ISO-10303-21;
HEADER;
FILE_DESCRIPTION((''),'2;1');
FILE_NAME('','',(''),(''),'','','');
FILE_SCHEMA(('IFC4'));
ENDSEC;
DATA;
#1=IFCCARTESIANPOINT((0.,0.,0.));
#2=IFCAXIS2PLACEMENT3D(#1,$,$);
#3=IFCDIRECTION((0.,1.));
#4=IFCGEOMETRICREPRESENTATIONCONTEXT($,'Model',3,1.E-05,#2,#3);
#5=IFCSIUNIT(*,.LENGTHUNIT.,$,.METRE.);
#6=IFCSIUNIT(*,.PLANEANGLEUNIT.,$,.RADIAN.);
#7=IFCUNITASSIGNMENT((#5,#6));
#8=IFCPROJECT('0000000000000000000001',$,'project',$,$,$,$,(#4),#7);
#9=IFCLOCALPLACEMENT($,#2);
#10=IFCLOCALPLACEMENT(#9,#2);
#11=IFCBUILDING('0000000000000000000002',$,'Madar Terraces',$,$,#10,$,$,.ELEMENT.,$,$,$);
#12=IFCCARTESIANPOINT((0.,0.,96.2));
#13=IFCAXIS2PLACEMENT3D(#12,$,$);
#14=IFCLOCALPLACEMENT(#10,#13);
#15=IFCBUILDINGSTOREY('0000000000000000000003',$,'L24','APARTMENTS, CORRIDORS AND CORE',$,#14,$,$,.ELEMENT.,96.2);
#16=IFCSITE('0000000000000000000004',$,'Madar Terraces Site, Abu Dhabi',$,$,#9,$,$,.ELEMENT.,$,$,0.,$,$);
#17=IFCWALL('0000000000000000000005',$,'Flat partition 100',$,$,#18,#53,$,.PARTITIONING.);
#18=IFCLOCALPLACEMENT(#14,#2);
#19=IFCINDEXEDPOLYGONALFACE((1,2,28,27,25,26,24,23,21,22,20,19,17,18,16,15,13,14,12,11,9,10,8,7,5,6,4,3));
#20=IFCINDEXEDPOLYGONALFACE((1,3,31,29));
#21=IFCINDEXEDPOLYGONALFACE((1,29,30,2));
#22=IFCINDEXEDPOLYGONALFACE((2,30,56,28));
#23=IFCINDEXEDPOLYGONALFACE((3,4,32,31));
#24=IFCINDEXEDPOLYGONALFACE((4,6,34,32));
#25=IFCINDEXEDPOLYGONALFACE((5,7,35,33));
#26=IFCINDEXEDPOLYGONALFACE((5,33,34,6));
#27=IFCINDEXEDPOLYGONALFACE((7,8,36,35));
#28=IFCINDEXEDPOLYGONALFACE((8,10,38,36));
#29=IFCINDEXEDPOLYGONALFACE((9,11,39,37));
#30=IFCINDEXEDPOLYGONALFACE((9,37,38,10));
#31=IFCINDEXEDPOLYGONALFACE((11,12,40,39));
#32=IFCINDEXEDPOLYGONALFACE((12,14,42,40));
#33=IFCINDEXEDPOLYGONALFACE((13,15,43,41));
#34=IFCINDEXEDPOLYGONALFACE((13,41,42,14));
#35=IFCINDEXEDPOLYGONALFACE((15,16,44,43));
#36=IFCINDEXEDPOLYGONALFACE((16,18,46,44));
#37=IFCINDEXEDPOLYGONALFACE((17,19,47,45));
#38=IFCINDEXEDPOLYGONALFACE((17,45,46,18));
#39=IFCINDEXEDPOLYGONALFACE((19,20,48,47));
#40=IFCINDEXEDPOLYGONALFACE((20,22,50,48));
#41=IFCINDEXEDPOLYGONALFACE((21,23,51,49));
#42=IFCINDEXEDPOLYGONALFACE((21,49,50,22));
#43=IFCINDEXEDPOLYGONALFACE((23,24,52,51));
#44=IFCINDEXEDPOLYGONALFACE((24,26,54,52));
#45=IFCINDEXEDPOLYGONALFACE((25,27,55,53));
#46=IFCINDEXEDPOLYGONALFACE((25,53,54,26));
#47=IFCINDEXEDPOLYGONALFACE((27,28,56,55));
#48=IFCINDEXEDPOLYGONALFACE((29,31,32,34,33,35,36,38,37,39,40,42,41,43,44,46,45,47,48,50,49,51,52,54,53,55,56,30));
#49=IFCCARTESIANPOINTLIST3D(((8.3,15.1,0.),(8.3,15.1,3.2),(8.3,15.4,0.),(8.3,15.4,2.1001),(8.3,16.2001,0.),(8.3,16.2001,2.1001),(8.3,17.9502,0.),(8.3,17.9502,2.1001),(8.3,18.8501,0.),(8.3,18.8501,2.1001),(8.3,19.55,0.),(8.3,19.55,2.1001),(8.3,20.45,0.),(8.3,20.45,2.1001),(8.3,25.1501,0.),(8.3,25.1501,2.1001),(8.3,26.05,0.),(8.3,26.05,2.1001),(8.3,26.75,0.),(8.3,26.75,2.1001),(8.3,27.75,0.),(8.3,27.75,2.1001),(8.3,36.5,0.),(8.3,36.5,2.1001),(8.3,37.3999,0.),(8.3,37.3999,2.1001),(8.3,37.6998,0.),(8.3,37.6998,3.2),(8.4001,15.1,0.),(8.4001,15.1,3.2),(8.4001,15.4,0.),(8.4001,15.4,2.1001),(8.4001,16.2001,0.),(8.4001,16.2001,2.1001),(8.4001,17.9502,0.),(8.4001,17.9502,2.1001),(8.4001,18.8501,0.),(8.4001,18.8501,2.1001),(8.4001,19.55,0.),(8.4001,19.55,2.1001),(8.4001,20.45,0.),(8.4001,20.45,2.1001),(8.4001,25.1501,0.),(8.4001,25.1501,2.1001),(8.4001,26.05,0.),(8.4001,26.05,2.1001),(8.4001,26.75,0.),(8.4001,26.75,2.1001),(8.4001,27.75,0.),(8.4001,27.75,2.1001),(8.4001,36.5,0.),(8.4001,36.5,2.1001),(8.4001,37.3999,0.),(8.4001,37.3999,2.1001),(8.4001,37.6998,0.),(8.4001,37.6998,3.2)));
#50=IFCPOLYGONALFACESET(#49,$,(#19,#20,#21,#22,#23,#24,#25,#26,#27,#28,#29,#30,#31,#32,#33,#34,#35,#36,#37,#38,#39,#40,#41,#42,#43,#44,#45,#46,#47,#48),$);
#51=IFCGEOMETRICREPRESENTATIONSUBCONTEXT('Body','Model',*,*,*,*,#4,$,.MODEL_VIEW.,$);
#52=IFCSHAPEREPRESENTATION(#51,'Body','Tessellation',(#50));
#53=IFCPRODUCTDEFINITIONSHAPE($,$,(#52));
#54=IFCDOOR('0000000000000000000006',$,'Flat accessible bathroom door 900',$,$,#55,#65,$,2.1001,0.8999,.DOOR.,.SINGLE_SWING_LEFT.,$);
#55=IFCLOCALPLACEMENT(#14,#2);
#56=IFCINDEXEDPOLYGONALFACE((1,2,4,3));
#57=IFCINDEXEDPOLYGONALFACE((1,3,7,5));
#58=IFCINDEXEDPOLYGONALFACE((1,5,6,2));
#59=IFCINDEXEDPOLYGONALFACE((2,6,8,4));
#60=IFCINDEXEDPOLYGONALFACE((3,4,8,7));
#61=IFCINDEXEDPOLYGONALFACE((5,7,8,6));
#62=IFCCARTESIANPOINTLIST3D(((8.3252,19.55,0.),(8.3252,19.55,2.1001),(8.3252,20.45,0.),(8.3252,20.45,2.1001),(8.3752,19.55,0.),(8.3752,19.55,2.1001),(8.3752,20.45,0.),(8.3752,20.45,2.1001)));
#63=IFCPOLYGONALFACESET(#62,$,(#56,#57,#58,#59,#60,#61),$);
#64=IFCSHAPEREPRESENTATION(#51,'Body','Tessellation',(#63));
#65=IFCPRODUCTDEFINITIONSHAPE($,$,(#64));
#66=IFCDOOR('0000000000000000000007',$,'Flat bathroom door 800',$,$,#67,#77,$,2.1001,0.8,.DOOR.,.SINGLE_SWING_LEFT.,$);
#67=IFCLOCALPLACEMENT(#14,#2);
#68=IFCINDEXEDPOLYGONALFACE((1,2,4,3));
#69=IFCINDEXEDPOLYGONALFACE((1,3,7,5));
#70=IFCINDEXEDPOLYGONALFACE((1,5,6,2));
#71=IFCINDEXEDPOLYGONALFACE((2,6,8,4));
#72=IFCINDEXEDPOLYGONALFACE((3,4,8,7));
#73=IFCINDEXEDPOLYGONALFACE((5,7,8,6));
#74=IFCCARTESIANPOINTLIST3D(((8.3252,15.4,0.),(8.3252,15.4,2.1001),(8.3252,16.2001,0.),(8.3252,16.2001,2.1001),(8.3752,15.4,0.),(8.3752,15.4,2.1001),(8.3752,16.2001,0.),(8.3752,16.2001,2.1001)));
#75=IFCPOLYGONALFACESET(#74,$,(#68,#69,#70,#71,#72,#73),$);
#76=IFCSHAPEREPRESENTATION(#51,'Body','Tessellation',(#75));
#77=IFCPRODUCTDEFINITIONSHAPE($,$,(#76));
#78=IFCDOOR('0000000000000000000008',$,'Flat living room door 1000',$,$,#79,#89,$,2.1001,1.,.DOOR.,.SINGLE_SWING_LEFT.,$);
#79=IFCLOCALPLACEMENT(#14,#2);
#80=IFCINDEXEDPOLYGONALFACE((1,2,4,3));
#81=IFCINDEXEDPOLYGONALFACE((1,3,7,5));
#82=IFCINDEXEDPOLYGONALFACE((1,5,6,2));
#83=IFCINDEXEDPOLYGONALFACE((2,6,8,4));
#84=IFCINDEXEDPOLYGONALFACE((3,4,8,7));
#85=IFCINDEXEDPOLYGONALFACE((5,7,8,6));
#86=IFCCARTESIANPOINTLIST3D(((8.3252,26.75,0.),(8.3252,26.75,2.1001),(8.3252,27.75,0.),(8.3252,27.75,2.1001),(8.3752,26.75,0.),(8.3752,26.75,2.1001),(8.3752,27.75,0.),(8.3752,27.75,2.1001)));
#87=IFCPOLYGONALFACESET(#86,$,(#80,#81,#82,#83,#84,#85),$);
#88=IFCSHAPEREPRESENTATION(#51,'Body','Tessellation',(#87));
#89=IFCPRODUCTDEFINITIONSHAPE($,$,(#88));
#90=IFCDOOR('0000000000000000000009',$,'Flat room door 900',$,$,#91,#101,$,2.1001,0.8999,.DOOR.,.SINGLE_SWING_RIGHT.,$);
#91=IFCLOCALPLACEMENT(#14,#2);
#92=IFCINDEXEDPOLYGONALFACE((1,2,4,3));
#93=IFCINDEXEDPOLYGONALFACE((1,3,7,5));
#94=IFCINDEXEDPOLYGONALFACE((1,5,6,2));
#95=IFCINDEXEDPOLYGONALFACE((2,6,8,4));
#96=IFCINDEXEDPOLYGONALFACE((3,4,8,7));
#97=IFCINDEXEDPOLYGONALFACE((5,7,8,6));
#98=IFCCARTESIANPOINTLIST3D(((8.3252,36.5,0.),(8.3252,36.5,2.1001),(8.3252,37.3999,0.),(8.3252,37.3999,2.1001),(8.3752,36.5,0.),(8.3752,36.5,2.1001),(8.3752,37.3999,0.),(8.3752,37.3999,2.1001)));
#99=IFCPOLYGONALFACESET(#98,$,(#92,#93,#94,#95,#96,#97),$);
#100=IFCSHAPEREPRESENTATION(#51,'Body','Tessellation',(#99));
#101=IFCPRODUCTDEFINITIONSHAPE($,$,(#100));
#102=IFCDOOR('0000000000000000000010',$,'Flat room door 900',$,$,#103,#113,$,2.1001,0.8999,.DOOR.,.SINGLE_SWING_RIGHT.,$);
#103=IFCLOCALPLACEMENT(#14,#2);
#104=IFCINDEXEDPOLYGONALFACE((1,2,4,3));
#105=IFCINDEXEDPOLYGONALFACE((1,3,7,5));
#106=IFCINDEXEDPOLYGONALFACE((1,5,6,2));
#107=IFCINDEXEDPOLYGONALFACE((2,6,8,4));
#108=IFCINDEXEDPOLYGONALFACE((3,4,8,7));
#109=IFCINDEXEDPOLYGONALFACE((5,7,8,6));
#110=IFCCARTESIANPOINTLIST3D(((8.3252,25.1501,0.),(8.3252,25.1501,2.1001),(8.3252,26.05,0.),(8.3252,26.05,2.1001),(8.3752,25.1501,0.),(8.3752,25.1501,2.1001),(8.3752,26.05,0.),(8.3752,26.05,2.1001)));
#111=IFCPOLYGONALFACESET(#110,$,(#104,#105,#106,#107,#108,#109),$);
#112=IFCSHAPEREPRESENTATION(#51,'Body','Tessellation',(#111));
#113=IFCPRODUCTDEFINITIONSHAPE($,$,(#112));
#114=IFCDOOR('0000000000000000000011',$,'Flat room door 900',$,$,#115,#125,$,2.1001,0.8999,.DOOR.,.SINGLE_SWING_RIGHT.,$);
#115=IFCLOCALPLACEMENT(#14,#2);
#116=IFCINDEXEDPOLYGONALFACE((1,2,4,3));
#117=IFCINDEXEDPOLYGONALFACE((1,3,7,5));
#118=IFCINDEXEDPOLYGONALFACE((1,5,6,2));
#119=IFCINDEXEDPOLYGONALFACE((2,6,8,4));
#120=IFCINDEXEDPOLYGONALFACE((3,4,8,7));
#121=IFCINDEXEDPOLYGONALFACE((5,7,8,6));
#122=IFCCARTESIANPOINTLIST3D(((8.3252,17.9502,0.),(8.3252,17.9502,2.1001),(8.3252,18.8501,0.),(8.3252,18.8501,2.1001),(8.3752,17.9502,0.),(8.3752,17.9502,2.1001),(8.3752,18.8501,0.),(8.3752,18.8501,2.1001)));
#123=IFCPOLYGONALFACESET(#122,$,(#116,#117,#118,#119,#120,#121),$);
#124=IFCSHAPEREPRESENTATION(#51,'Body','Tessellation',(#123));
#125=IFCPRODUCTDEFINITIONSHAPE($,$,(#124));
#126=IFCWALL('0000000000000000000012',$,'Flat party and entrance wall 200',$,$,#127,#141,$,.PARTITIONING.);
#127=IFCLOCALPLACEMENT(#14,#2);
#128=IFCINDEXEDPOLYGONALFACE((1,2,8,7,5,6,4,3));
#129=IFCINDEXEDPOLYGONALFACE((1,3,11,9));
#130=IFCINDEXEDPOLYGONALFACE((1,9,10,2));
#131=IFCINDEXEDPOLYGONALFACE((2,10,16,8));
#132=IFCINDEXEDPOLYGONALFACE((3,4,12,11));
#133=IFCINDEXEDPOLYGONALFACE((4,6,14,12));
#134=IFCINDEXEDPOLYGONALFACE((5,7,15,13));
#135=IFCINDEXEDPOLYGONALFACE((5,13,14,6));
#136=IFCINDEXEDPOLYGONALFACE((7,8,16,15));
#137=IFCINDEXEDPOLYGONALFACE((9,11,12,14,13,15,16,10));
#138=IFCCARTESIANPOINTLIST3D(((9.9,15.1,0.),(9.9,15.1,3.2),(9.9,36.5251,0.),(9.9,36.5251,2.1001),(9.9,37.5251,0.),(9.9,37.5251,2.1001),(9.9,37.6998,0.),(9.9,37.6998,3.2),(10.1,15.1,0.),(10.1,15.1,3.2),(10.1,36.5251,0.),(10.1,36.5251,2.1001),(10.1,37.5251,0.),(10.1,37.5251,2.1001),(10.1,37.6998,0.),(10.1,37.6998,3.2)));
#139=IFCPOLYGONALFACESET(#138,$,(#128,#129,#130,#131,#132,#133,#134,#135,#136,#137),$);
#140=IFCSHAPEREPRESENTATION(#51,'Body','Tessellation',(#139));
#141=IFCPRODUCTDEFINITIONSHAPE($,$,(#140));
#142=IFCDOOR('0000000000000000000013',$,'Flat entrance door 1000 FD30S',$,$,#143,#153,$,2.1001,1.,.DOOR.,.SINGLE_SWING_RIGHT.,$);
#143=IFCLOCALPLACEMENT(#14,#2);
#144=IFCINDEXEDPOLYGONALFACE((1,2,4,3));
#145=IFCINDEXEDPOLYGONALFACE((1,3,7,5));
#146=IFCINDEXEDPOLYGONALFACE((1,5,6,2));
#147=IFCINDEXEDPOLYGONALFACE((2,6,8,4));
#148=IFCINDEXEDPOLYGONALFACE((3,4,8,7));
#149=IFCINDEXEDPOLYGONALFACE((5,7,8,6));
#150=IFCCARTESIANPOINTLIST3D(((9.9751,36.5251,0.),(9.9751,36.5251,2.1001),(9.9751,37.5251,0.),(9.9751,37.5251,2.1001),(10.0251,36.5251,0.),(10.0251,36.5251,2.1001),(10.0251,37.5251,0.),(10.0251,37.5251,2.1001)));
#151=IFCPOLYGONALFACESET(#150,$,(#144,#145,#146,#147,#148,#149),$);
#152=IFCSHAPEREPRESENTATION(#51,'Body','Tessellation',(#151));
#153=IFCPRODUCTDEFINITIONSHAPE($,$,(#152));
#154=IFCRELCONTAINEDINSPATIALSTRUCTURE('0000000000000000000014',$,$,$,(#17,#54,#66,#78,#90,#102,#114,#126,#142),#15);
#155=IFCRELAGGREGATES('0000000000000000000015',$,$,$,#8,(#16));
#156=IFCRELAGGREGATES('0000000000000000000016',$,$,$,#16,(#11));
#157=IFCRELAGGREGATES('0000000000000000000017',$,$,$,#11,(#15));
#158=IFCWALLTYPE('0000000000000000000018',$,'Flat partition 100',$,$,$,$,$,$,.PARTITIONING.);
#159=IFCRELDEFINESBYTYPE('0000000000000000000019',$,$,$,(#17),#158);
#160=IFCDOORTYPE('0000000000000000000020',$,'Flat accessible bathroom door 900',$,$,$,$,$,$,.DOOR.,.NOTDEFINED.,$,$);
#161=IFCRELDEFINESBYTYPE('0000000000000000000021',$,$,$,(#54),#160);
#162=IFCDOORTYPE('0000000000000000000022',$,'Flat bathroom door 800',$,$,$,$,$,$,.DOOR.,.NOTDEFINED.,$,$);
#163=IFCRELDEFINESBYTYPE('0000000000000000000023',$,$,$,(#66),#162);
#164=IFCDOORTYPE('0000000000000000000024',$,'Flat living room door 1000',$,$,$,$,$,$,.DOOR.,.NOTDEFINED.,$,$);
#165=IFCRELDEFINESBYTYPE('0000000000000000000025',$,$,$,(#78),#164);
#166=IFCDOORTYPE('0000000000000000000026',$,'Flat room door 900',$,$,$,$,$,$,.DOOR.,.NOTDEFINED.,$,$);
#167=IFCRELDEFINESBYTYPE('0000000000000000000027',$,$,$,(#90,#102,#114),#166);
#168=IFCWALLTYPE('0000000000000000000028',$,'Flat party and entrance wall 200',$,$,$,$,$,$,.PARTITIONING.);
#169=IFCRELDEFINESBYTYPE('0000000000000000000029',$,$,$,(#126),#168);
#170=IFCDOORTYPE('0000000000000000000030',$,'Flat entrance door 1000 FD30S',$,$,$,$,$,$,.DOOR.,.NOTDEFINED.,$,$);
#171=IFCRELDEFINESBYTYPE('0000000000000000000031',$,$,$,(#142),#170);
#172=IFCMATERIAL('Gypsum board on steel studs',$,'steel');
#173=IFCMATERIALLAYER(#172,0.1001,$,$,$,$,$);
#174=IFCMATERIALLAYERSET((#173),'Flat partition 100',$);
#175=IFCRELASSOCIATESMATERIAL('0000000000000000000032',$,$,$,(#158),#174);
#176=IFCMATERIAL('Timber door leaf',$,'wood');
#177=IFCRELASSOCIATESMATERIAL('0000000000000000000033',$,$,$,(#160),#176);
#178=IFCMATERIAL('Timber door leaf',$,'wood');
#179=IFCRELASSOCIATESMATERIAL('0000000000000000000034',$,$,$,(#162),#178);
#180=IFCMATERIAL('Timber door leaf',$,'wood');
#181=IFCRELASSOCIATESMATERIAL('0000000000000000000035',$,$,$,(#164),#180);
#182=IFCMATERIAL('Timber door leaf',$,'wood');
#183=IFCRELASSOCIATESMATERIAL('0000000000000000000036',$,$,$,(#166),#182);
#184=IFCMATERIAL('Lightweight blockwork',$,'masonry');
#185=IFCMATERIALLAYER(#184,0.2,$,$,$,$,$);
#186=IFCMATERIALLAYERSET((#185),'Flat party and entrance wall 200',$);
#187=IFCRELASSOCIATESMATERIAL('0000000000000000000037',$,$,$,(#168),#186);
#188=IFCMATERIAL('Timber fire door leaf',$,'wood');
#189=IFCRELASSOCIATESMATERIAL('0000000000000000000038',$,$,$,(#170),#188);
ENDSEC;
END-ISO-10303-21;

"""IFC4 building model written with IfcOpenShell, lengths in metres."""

from ifc_helpers import new_model, si_unit, direction, frame, frame_2d, origin, place, context, subcontext, project, spatial, rectangle, extrude, material, layer, layer_set, type_object, element, fill, save


model = new_model("IFC4")

# Units and contexts
model_context = context("Model", 3, precision=1e-05, world=origin(), true_north=direction((0.0, 1.0)))
body_context = subcontext(model_context, "Body", "Model", "MODEL_VIEW")
ifc_project = project(units=[si_unit("LENGTHUNIT", "METRE"), si_unit("PLANEANGLEUNIT", "RADIAN")], contexts=[model_context])

# Site, building, storey
site_placement = place(None, origin())
site = spatial("IfcSite", under=ifc_project, at=site_placement, Name="Madar Terraces Site, Abu Dhabi", CompositionType="ELEMENT", RefElevation=0.0)
building_placement = place(site_placement, origin())
building = spatial("IfcBuilding", under=site, at=building_placement, Name="Madar Terraces", CompositionType="ELEMENT")
storey_placement = place(building_placement, frame((0.0, 0.0, 96.2)))
storey = spatial("IfcBuildingStorey", under=building, at=storey_placement, Name="L24", Description="APARTMENTS, CORRIDORS AND CORE", CompositionType="ELEMENT", Elevation=96.2)

# Wall, openings, doors
ifc_material_1 = material(Name="Gypsum board on steel studs", Category="steel")
ifc_layer_1 = layer(ifc_material_1, 0.1001)
ifc_layer_set_1 = layer_set([ifc_layer_1], Name="Flat partition 100")
wall_type_1 = type_object("IfcWallType", Name="Flat partition 100", PredefinedType="PARTITIONING", material=ifc_layer_set_1)
wall_1_placement = place(storey_placement, frame((8.3501, 15.1001, 0.0), z_axis=(0.0, 0.0, 1.0), x_axis=(0.0, 1.0, 0.0)))
wall_1 = element("IfcWall", 1, at=wall_1_placement, inside=storey, type_object=wall_type_1, Name="Flat partition 100", PredefinedType="PARTITIONING", context=body_context, shape_type="SweptSolid", body=[
    extrude(rectangle(XDim=22.5999, YDim=0.1001, at=frame_2d((11.2998, 0.0))), origin(), (0.0, 0.0, 1.0), 3.2),
])
opening_1_placement = place(wall_1_placement, frame((21.3999, 0.0, 0.0)))
opening_1 = element("IfcOpeningElement", 2, at=opening_1_placement, cuts=wall_1, PredefinedType="OPENING", context=body_context, shape_type="SweptSolid", body=[
    extrude(rectangle(XDim=0.8999, YDim=2.1001, at=frame_2d((0.45, 1.05))), frame((0.0, 0.0601, 0.0), z_axis=(0.0, -1.0, 0.0), x_axis=(1.0, 0.0, 0.0)), (0.0, 0.0, 1.0), 0.1201),
])
opening_2_placement = place(wall_1_placement, frame((11.6499, 0.0, 0.0)))
opening_2 = element("IfcOpeningElement", 3, at=opening_2_placement, cuts=wall_1, PredefinedType="OPENING", context=body_context, shape_type="SweptSolid", body=[
    extrude(rectangle(XDim=1.0, YDim=2.1001, at=frame_2d((0.5, 1.05))), frame((0.0, 0.0601, 0.0), z_axis=(0.0, -1.0, 0.0), x_axis=(1.0, 0.0, 0.0)), (0.0, 0.0, 1.0), 0.1201),
])
opening_3_placement = place(wall_1_placement, frame((10.05, 0.0, 0.0)))
opening_3 = element("IfcOpeningElement", 4, at=opening_3_placement, cuts=wall_1, PredefinedType="OPENING", context=body_context, shape_type="SweptSolid", body=[
    extrude(rectangle(XDim=0.8999, YDim=2.1001, at=frame_2d((0.45, 1.05))), frame((0.0, 0.0601, 0.0), z_axis=(0.0, -1.0, 0.0), x_axis=(1.0, 0.0, 0.0)), (0.0, 0.0, 1.0), 0.1201),
])
opening_4_placement = place(wall_1_placement, frame((4.45, 0.0, 0.0)))
opening_4 = element("IfcOpeningElement", 5, at=opening_4_placement, cuts=wall_1, PredefinedType="OPENING", context=body_context, shape_type="SweptSolid", body=[
    extrude(rectangle(XDim=0.8999, YDim=2.1001, at=frame_2d((0.45, 1.05))), frame((0.0, 0.0601, 0.0), z_axis=(0.0, -1.0, 0.0), x_axis=(1.0, 0.0, 0.0)), (0.0, 0.0, 1.0), 0.1201),
])
opening_5_placement = place(wall_1_placement, frame((2.8501, 0.0, 0.0)))
opening_5 = element("IfcOpeningElement", 6, at=opening_5_placement, cuts=wall_1, PredefinedType="OPENING", context=body_context, shape_type="SweptSolid", body=[
    extrude(rectangle(XDim=0.8999, YDim=2.1001, at=frame_2d((0.45, 1.05))), frame((0.0, 0.0601, 0.0), z_axis=(0.0, -1.0, 0.0), x_axis=(1.0, 0.0, 0.0)), (0.0, 0.0, 1.0), 0.1201),
])
opening_6_placement = place(wall_1_placement, frame((0.3, 0.0, 0.0)))
opening_6 = element("IfcOpeningElement", 7, at=opening_6_placement, cuts=wall_1, PredefinedType="OPENING", context=body_context, shape_type="SweptSolid", body=[
    extrude(rectangle(XDim=0.8, YDim=2.1001, at=frame_2d((0.3999, 1.05))), frame((0.0, 0.0601, 0.0), z_axis=(0.0, -1.0, 0.0), x_axis=(1.0, 0.0, 0.0)), (0.0, 0.0, 1.0), 0.1201),
])
ifc_material_2 = material(Name="Timber door leaf", Category="wood")
door_type_1 = type_object("IfcDoorType", Name="Flat accessible bathroom door 900", OperationType="NOTDEFINED", PredefinedType="DOOR", material=ifc_material_2)
door_1_placement = place(opening_4_placement, origin())
door_1 = element("IfcDoor", 8, at=door_1_placement, inside=storey, type_object=door_type_1, Name="Flat accessible bathroom door 900", OperationType="SINGLE_SWING_LEFT", OverallHeight=2.1001, OverallWidth=0.8999, PredefinedType="DOOR", context=body_context, shape_type="SweptSolid", body=[
    extrude(rectangle(XDim=0.8999, YDim=2.1001, at=frame_2d((0.45, 1.05))), frame((0.0, 0.0249, 0.0), z_axis=(0.0, -1.0, 0.0), x_axis=(1.0, 0.0, 0.0)), (0.0, 0.0, 1.0), 0.05),
])
fill(opening_4, door_1)
ifc_material_3 = material(Name="Timber door leaf", Category="wood")
door_type_2 = type_object("IfcDoorType", Name="Flat bathroom door 800", OperationType="NOTDEFINED", PredefinedType="DOOR", material=ifc_material_3)
door_2_placement = place(opening_6_placement, origin())
door_2 = element("IfcDoor", 9, at=door_2_placement, inside=storey, type_object=door_type_2, Name="Flat bathroom door 800", OperationType="SINGLE_SWING_LEFT", OverallHeight=2.1001, OverallWidth=0.8, PredefinedType="DOOR", context=body_context, shape_type="SweptSolid", body=[
    extrude(rectangle(XDim=0.8, YDim=2.1001, at=frame_2d((0.3999, 1.05))), frame((0.0, 0.0249, 0.0), z_axis=(0.0, -1.0, 0.0), x_axis=(1.0, 0.0, 0.0)), (0.0, 0.0, 1.0), 0.05),
])
fill(opening_6, door_2)
ifc_material_4 = material(Name="Timber door leaf", Category="wood")
door_type_3 = type_object("IfcDoorType", Name="Flat living room door 1000", OperationType="NOTDEFINED", PredefinedType="DOOR", material=ifc_material_4)
door_3_placement = place(opening_2_placement, origin())
door_3 = element("IfcDoor", 10, at=door_3_placement, inside=storey, type_object=door_type_3, Name="Flat living room door 1000", OperationType="SINGLE_SWING_LEFT", OverallHeight=2.1001, OverallWidth=1.0, PredefinedType="DOOR", context=body_context, shape_type="SweptSolid", body=[
    extrude(rectangle(XDim=1.0, YDim=2.1001, at=frame_2d((0.5, 1.05))), frame((0.0, 0.0249, 0.0), z_axis=(0.0, -1.0, 0.0), x_axis=(1.0, 0.0, 0.0)), (0.0, 0.0, 1.0), 0.05),
])
fill(opening_2, door_3)
ifc_material_5 = material(Name="Timber door leaf", Category="wood")
door_type_4 = type_object("IfcDoorType", Name="Flat room door 900", OperationType="NOTDEFINED", PredefinedType="DOOR", material=ifc_material_5)
door_4_placement = place(opening_1_placement, origin())
door_4 = element("IfcDoor", 11, at=door_4_placement, inside=storey, type_object=door_type_4, Name="Flat room door 900", OperationType="SINGLE_SWING_RIGHT", OverallHeight=2.1001, OverallWidth=0.8999, PredefinedType="DOOR", context=body_context, shape_type="SweptSolid", body=[
    extrude(rectangle(XDim=0.8999, YDim=2.1001, at=frame_2d((0.45, 1.05))), frame((0.0, 0.0249, 0.0), z_axis=(0.0, -1.0, 0.0), x_axis=(1.0, 0.0, 0.0)), (0.0, 0.0, 1.0), 0.05),
])
fill(opening_1, door_4)
door_5_placement = place(opening_3_placement, origin())
door_5 = element("IfcDoor", 12, at=door_5_placement, inside=storey, type_object=door_type_4, Name="Flat room door 900", OperationType="SINGLE_SWING_RIGHT", OverallHeight=2.1001, OverallWidth=0.8999, PredefinedType="DOOR", context=body_context, shape_type="SweptSolid", body=[
    extrude(rectangle(XDim=0.8999, YDim=2.1001, at=frame_2d((0.45, 1.05))), frame((0.0, 0.0249, 0.0), z_axis=(0.0, -1.0, 0.0), x_axis=(1.0, 0.0, 0.0)), (0.0, 0.0, 1.0), 0.05),
])
fill(opening_3, door_5)
door_6_placement = place(opening_5_placement, origin())
door_6 = element("IfcDoor", 13, at=door_6_placement, inside=storey, type_object=door_type_4, Name="Flat room door 900", OperationType="SINGLE_SWING_RIGHT", OverallHeight=2.1001, OverallWidth=0.8999, PredefinedType="DOOR", context=body_context, shape_type="SweptSolid", body=[
    extrude(rectangle(XDim=0.8999, YDim=2.1001, at=frame_2d((0.45, 1.05))), frame((0.0, 0.0249, 0.0), z_axis=(0.0, -1.0, 0.0), x_axis=(1.0, 0.0, 0.0)), (0.0, 0.0, 1.0), 0.05),
])
fill(opening_5, door_6)

# Wall, opening, door
ifc_material_6 = material(Name="Lightweight blockwork", Category="masonry")
ifc_layer_2 = layer(ifc_material_6, 0.2)
ifc_layer_set_2 = layer_set([ifc_layer_2], Name="Flat party and entrance wall 200")
wall_type_2 = type_object("IfcWallType", Name="Flat party and entrance wall 200", PredefinedType="PARTITIONING", material=ifc_layer_set_2)
wall_2_placement = place(storey_placement, frame((10.0, 15.1001, 0.0), z_axis=(0.0, 0.0, 1.0), x_axis=(0.0, 1.0, 0.0)))
wall_2 = element("IfcWall", 14, at=wall_2_placement, inside=storey, type_object=wall_type_2, Name="Flat party and entrance wall 200", PredefinedType="PARTITIONING", context=body_context, shape_type="SweptSolid", body=[
    extrude(rectangle(XDim=22.5999, YDim=0.2, at=frame_2d((11.2998, 0.0))), origin(), (0.0, 0.0, 1.0), 3.2),
])
opening_7_placement = place(wall_2_placement, frame((21.425, 0.0, 0.0)))
opening_7 = element("IfcOpeningElement", 15, at=opening_7_placement, cuts=wall_2, PredefinedType="OPENING", context=body_context, shape_type="SweptSolid", body=[
    extrude(rectangle(XDim=1.0, YDim=2.1001, at=frame_2d((0.5, 1.05))), frame((0.0, 0.1099, 0.0), z_axis=(0.0, -1.0, 0.0), x_axis=(1.0, 0.0, 0.0)), (0.0, 0.0, 1.0), 0.22),
])
ifc_material_7 = material(Name="Timber fire door leaf", Category="wood")
door_type_5 = type_object("IfcDoorType", Name="Flat entrance door 1000 FD30S", OperationType="NOTDEFINED", PredefinedType="DOOR", material=ifc_material_7)
door_7_placement = place(opening_7_placement, origin())
door_7 = element("IfcDoor", 16, at=door_7_placement, inside=storey, type_object=door_type_5, Name="Flat entrance door 1000 FD30S", OperationType="SINGLE_SWING_RIGHT", OverallHeight=2.1001, OverallWidth=1.0, PredefinedType="DOOR", context=body_context, shape_type="SweptSolid", body=[
    extrude(rectangle(XDim=1.0, YDim=2.1001, at=frame_2d((0.5, 1.05))), frame((0.0, 0.0249, 0.0), z_axis=(0.0, -1.0, 0.0), x_axis=(1.0, 0.0, 0.0)), (0.0, 0.0, 1.0), 0.05),
])
fill(opening_7, door_7)

save(model, "model.ifc")
